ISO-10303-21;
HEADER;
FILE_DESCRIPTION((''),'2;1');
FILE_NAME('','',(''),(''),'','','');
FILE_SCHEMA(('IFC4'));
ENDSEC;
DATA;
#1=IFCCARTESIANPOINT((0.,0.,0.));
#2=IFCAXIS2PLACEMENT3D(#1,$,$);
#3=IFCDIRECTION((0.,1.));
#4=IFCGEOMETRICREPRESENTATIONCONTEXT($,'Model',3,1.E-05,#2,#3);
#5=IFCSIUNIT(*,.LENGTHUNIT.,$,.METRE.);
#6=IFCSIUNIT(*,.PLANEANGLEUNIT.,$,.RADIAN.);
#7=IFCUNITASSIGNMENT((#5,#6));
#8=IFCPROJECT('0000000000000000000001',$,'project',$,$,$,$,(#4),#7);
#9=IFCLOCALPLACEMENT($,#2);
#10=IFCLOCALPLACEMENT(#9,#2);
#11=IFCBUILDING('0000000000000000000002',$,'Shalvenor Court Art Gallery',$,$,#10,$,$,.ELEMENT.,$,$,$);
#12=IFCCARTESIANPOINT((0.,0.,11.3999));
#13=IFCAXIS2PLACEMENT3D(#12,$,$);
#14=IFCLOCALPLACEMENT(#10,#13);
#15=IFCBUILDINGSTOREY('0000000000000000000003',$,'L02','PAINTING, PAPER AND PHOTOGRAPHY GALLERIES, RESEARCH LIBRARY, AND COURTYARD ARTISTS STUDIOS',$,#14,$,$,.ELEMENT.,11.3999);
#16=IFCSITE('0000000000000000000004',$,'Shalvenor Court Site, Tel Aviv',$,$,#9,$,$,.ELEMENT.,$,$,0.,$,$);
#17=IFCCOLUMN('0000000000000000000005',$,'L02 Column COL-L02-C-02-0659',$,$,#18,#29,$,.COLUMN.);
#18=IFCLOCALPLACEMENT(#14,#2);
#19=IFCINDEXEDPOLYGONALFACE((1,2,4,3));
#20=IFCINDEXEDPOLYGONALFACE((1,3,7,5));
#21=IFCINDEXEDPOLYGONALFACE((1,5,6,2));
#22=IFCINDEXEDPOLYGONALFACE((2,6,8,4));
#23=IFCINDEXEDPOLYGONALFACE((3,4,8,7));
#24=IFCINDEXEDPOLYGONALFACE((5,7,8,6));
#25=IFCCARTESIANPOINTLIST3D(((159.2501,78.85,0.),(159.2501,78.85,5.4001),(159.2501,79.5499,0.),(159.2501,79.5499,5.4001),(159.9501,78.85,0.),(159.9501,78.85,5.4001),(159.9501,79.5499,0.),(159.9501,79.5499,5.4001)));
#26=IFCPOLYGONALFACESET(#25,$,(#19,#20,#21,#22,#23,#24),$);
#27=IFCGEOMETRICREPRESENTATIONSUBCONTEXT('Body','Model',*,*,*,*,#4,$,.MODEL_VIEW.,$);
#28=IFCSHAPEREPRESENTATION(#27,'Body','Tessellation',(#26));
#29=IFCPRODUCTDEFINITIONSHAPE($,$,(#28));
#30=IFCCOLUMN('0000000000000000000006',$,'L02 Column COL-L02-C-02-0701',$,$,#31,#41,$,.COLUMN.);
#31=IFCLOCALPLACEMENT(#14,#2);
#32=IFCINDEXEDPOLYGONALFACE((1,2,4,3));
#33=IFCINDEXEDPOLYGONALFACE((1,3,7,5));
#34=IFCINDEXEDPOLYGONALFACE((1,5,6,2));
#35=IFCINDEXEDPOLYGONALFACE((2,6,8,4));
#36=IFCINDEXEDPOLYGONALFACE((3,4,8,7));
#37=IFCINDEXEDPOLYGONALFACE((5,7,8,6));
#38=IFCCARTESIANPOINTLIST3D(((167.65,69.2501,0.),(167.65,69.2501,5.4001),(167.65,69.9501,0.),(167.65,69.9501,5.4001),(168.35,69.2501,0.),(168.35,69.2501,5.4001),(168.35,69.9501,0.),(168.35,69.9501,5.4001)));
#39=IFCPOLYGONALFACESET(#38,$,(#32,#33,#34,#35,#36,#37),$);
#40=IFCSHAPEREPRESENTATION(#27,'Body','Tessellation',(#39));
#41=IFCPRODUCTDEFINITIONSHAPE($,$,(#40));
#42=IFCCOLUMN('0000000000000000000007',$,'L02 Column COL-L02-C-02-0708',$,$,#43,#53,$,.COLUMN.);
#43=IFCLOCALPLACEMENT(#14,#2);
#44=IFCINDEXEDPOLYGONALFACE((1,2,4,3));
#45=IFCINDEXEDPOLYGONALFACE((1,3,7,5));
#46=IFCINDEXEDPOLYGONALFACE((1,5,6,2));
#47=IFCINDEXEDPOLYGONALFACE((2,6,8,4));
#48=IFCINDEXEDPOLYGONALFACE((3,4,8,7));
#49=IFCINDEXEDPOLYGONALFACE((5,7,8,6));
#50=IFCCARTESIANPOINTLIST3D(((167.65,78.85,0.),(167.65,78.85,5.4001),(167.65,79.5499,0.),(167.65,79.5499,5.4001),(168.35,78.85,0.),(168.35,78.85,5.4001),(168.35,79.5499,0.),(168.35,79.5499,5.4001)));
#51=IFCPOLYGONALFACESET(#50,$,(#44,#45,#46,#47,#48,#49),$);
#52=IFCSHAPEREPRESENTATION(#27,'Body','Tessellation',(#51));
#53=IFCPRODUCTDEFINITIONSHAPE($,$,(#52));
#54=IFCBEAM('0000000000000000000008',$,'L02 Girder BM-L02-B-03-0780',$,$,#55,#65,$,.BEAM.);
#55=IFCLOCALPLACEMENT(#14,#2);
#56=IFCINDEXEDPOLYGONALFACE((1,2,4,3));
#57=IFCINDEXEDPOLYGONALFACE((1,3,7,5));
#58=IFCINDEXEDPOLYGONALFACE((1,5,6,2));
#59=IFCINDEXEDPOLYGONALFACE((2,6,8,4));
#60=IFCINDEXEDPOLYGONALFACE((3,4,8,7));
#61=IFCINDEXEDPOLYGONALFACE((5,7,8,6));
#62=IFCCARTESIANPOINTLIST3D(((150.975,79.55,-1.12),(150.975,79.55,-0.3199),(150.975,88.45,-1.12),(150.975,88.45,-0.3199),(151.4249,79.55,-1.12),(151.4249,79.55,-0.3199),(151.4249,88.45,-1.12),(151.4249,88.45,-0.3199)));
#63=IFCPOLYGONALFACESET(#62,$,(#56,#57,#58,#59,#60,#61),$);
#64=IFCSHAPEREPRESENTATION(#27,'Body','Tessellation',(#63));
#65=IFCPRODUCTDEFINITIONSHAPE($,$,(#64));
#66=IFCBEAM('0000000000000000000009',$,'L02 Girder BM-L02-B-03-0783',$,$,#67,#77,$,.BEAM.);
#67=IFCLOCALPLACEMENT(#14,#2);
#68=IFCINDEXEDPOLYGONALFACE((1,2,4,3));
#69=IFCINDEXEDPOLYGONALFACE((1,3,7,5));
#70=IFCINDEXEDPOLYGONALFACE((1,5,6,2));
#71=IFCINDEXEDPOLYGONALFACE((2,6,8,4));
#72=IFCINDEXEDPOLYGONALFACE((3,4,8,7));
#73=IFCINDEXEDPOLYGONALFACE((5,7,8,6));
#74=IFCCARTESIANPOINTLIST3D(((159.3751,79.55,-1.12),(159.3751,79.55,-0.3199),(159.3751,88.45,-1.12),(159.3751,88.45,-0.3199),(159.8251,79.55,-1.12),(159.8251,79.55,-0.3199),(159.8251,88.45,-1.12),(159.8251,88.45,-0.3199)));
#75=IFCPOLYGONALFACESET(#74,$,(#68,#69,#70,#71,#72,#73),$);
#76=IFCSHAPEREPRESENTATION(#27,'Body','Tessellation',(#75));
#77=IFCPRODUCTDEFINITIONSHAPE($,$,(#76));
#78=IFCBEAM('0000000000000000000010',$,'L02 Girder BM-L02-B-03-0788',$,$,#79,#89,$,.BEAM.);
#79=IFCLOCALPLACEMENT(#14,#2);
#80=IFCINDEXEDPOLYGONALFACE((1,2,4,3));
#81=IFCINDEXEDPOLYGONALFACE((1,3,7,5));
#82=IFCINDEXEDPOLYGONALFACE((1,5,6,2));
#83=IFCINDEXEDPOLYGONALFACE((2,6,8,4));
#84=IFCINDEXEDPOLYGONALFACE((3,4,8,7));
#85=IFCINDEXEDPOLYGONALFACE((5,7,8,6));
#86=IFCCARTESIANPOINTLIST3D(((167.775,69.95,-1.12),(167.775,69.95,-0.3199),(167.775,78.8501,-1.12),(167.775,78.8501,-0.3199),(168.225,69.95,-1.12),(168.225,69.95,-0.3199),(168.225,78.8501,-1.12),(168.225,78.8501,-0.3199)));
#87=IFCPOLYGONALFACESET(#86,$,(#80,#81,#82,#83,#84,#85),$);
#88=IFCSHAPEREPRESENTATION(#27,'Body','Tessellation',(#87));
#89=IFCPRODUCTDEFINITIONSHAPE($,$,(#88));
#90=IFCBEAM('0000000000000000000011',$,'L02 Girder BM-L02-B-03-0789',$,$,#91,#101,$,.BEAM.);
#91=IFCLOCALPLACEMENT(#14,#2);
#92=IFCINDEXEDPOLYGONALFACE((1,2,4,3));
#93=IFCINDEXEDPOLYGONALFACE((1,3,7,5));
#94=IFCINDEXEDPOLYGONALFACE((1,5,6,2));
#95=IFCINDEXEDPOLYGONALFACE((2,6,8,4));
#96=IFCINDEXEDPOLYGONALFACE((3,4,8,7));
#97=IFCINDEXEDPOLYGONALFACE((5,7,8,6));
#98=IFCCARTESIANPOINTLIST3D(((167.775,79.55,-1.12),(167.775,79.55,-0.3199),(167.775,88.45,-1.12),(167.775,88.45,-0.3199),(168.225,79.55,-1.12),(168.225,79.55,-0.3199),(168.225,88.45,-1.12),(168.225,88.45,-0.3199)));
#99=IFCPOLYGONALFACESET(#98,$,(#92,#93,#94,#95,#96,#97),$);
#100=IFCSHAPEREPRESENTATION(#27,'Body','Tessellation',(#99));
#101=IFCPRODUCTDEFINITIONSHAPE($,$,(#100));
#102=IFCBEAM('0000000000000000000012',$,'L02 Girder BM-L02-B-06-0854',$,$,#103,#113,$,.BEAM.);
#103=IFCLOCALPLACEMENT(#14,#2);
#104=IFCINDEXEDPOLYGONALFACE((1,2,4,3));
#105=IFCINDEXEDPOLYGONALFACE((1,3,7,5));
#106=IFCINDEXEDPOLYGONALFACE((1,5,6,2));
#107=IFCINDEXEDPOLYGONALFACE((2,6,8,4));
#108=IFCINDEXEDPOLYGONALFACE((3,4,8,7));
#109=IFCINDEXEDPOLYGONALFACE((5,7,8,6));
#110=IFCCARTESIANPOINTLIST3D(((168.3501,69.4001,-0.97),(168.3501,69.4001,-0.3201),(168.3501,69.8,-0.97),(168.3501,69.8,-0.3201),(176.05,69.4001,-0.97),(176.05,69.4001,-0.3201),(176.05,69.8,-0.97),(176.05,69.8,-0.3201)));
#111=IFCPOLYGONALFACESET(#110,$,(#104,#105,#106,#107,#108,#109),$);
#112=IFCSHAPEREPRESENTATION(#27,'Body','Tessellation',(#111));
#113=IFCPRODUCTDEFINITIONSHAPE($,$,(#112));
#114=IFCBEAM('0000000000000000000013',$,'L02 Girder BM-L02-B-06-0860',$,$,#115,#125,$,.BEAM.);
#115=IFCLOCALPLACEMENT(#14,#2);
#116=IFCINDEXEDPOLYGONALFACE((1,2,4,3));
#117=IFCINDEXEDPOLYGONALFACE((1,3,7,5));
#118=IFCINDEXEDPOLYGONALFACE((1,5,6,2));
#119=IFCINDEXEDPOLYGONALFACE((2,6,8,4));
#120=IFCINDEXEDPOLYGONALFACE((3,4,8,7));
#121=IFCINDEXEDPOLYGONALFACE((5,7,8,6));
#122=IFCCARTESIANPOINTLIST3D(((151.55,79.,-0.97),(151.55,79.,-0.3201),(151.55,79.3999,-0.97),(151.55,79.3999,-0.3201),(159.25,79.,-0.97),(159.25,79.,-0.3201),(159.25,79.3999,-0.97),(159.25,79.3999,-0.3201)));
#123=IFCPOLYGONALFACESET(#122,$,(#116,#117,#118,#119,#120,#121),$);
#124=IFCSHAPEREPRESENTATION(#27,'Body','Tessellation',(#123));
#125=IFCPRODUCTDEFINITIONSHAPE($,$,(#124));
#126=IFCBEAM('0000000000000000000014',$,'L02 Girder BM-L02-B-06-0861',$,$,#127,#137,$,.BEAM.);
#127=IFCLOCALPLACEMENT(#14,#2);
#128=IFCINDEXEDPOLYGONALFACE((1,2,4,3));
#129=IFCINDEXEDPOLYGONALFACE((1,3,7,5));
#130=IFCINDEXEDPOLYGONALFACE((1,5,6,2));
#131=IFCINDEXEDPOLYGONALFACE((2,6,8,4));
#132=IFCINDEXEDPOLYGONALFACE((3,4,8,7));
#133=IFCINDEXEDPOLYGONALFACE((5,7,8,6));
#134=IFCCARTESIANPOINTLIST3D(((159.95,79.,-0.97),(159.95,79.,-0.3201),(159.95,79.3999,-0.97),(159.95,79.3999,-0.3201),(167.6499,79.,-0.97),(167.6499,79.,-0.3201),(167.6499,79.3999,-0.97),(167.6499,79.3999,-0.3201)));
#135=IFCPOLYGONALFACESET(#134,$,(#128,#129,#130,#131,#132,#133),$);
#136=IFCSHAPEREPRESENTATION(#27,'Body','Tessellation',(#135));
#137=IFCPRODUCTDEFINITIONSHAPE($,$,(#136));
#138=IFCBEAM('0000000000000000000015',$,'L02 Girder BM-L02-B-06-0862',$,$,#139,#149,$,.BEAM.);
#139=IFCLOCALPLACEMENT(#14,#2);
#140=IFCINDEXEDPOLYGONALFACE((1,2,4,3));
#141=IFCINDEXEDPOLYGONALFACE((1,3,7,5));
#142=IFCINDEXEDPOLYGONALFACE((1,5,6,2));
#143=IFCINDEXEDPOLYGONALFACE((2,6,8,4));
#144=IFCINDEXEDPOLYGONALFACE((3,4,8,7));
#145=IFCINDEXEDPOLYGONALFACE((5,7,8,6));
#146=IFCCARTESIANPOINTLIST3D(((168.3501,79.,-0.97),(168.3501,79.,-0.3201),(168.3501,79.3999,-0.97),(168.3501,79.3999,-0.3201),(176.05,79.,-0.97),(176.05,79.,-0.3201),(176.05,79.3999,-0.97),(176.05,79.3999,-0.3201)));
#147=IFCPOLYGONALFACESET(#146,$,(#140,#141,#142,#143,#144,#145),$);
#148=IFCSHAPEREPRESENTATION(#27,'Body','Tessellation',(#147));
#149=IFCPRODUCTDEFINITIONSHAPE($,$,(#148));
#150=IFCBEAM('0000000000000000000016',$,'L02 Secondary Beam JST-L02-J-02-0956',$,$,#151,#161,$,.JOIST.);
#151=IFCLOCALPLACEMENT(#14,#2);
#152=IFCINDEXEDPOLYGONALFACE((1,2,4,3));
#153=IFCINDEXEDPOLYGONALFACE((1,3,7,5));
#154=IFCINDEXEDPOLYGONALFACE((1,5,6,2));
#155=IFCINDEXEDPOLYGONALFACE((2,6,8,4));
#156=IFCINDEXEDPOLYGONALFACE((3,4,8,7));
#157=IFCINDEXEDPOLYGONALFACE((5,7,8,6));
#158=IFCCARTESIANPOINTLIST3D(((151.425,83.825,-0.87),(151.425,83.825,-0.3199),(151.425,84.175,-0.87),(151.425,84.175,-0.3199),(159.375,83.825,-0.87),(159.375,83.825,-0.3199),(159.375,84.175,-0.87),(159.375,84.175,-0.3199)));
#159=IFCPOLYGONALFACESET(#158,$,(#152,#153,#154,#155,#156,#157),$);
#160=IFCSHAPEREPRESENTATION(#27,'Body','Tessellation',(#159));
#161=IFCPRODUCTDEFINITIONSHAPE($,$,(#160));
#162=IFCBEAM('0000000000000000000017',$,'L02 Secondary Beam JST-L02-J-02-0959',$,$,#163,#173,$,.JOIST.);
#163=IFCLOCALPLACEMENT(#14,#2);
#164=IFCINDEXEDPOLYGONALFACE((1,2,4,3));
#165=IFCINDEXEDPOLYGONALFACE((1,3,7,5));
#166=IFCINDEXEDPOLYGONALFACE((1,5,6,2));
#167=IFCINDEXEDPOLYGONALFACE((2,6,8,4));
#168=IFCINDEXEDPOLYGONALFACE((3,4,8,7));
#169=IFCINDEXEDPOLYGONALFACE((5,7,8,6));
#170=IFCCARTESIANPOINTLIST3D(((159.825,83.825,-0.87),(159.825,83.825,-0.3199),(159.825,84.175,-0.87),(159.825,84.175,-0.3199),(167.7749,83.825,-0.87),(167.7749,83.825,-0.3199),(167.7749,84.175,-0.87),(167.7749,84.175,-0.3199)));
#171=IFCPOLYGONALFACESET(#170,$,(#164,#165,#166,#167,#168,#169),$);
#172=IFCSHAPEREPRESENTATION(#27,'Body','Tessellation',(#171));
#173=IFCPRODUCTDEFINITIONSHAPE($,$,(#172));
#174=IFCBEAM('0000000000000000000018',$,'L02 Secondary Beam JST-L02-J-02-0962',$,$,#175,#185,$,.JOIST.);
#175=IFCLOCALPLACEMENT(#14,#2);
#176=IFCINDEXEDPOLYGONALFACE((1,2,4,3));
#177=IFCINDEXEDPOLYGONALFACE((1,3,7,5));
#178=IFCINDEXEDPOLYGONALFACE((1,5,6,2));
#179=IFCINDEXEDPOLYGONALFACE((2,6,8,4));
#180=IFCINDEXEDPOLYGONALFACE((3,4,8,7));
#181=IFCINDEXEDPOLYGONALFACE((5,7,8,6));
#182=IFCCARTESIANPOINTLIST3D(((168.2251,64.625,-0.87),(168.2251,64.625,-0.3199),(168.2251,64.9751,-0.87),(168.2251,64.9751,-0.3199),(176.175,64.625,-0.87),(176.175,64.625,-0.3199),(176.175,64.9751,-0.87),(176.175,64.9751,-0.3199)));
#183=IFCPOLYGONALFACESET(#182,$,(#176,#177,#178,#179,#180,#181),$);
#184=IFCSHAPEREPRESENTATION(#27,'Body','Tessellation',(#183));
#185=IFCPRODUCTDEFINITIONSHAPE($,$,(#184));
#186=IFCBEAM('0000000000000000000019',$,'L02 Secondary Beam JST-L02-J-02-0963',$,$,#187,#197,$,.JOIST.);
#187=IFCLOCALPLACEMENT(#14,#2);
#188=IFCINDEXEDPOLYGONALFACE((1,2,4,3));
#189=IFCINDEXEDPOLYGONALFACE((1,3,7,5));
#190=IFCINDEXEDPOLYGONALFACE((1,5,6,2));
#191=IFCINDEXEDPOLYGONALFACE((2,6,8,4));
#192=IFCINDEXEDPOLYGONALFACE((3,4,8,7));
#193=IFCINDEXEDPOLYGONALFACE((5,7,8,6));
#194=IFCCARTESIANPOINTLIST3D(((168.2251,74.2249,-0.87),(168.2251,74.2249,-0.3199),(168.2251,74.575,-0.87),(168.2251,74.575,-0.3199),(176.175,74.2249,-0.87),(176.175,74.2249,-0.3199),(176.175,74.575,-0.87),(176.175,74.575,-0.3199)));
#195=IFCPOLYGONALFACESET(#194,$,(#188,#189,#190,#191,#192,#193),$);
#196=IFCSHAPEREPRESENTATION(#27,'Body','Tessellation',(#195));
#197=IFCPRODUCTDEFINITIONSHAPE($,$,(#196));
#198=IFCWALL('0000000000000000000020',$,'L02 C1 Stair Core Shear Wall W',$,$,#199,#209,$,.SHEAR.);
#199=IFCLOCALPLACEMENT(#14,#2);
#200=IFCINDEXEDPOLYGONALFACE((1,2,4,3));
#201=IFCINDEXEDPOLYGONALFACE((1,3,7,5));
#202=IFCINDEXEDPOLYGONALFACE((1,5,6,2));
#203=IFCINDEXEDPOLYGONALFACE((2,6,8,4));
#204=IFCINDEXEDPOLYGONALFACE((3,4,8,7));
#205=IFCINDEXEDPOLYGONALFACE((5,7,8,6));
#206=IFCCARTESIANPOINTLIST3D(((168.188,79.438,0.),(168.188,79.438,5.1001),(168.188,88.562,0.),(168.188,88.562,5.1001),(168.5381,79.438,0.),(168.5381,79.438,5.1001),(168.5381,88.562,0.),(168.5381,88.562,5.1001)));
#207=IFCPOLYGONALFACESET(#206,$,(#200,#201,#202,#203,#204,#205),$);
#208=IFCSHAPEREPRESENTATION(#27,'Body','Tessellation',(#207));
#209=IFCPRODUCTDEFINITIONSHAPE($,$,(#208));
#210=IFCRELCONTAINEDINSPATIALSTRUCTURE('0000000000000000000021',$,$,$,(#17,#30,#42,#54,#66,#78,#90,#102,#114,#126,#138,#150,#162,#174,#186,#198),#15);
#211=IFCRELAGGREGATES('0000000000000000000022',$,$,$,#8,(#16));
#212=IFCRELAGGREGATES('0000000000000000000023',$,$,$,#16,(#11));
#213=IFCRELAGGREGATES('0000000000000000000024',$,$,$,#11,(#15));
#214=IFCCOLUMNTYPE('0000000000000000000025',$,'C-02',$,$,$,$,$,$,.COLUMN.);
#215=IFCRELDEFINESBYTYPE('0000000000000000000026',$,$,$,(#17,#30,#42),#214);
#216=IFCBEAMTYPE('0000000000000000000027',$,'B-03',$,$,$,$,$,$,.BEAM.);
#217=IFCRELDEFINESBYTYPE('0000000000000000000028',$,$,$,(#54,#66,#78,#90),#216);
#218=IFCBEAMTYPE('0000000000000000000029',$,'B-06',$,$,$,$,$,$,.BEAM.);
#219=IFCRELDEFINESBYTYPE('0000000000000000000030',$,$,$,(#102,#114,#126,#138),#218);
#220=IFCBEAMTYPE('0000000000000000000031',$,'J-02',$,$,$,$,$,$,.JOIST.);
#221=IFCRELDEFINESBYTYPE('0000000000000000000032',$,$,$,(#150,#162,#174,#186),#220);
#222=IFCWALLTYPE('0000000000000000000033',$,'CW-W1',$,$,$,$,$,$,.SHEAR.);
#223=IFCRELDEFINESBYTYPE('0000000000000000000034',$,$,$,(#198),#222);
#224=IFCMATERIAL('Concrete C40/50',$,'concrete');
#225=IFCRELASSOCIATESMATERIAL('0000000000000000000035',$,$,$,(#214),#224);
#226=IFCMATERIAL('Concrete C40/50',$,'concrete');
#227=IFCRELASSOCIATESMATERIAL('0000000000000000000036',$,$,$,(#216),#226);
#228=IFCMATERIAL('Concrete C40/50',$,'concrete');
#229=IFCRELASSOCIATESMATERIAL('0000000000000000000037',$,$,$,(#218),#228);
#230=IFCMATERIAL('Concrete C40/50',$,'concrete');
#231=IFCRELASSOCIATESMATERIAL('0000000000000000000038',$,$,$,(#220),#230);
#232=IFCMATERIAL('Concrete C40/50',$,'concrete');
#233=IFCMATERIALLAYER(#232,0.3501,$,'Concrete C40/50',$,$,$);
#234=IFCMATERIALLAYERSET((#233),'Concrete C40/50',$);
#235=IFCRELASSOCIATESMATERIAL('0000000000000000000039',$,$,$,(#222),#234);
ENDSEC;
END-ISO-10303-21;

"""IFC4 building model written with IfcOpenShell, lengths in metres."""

from ifc_helpers import new_model, si_unit, direction, frame, frame_2d, origin, origin_2d, place, context, subcontext, project, spatial, rectangle, extrude, material, layer, layer_set, material_profile, profile_set, type_object, element, save


model = new_model("IFC4")

# Units and contexts
model_context = context("Model", 3, precision=1e-05, world=origin(), true_north=direction((0.0, 1.0)))
body_context = subcontext(model_context, "Body", "Model", "MODEL_VIEW")
ifc_project = project(units=[si_unit("LENGTHUNIT", "METRE"), si_unit("PLANEANGLEUNIT", "RADIAN")], contexts=[model_context])

# Site, building, storey
site_placement = place(None, origin())
site = spatial("IfcSite", under=ifc_project, at=site_placement, Name="Shalvenor Court Site, Tel Aviv", CompositionType="ELEMENT", RefElevation=0.0)
building_placement = place(site_placement, origin())
building = spatial("IfcBuilding", under=site, at=building_placement, Name="Shalvenor Court Art Gallery", CompositionType="ELEMENT")
storey_placement = place(building_placement, frame((0.0, 0.0, 11.3999)))
storey = spatial("IfcBuildingStorey", under=building, at=storey_placement, Name="L02", Description="PAINTING, PAPER AND PHOTOGRAPHY GALLERIES, RESEARCH LIBRARY, AND COURTYARD ARTISTS STUDIOS", CompositionType="ELEMENT", Elevation=11.3999)

# Columns
ifc_material_1 = material(Name="Concrete C40/50", Category="concrete")
ifc_material_profile_1 = material_profile(ifc_material_1, rectangle(XDim=0.7, YDim=0.7, at=origin_2d()), Name="RC 700x700")
ifc_profile_set_1 = profile_set([ifc_material_profile_1], Name="Concrete C40/50")
column_type = type_object("IfcColumnType", Name="C-02", PredefinedType="COLUMN", material=ifc_profile_set_1)
for number, where, z_axis, x_axis, name in (
    (1, (159.6001, 79.2, 0.0), (0.0, 0.0, 1.0), (1.0, 0.0, 0.0), "L02 Column COL-L02-C-02-0659"),
    (2, (168.0, 69.6001, 0.0), (0.0, 0.0, 1.0), (1.0, 0.0, 0.0), "L02 Column COL-L02-C-02-0701"),
    (3, (168.0, 79.2, 0.0), (0.0, 0.0, 1.0), (1.0, 0.0, 0.0), "L02 Column COL-L02-C-02-0708"),
):
    element("IfcColumn", number, at=place(storey_placement, frame(where, z_axis=z_axis, x_axis=x_axis)), inside=storey, type_object=column_type, Name=name, PredefinedType="COLUMN", context=body_context, shape_type="SweptSolid", body=[
        extrude(rectangle(XDim=0.7, YDim=0.7, at=origin_2d()), origin(), (0.0, 0.0, 1.0), 5.4001),
    ])

# Beams
ifc_material_2 = material(Name="Concrete C40/50", Category="concrete")
ifc_material_profile_2 = material_profile(ifc_material_2, rectangle(XDim=0.45, YDim=0.8, at=origin_2d()), Name="RC 450x800")
ifc_profile_set_2 = profile_set([ifc_material_profile_2], Name="Concrete C40/50")
beam_type_1 = type_object("IfcBeamType", Name="B-03", PredefinedType="BEAM", material=ifc_profile_set_2)
for number, where, z_axis, x_axis, name in (
    (4, (151.2, 79.55, -0.72), (0.0, 1.0, 0.0), (-1.0, 0.0, 0.0), "L02 Girder BM-L02-B-03-0780"),
    (5, (159.6001, 79.55, -0.72), (0.0, 1.0, 0.0), (-1.0, 0.0, 0.0), "L02 Girder BM-L02-B-03-0783"),
):
    element("IfcBeam", number, at=place(storey_placement, frame(where, z_axis=z_axis, x_axis=x_axis)), inside=storey, type_object=beam_type_1, Name=name, PredefinedType="BEAM", context=body_context, shape_type="SweptSolid", body=[
        extrude(rectangle(XDim=0.45, YDim=0.8, at=origin_2d()), origin(), (0.0, 0.0, 1.0), 8.8999),
    ])
beam_1_placement = place(storey_placement, frame((168.0, 69.95, -0.72), z_axis=(0.0, 1.0, 0.0), x_axis=(-1.0, 0.0, 0.0)))
element("IfcBeam", 6, at=beam_1_placement, inside=storey, type_object=beam_type_1, Name="L02 Girder BM-L02-B-03-0788", PredefinedType="BEAM", context=body_context, shape_type="SweptSolid", body=[
    extrude(rectangle(XDim=0.45, YDim=0.8, at=origin_2d()), origin(), (0.0, 0.0, 1.0), 8.9001),
])
beam_2_placement = place(storey_placement, frame((168.0, 79.55, -0.72), z_axis=(0.0, 1.0, 0.0), x_axis=(-1.0, 0.0, 0.0)))
element("IfcBeam", 7, at=beam_2_placement, inside=storey, type_object=beam_type_1, Name="L02 Girder BM-L02-B-03-0789", PredefinedType="BEAM", context=body_context, shape_type="SweptSolid", body=[
    extrude(rectangle(XDim=0.45, YDim=0.8, at=origin_2d()), origin(), (0.0, 0.0, 1.0), 8.8999),
])
ifc_material_3 = material(Name="Concrete C40/50", Category="concrete")
ifc_material_profile_3 = material_profile(ifc_material_3, rectangle(XDim=0.3999, YDim=0.6499, at=origin_2d()), Name="RC 400x650")
ifc_profile_set_3 = profile_set([ifc_material_profile_3], Name="Concrete C40/50")
beam_type_2 = type_object("IfcBeamType", Name="B-06", PredefinedType="BEAM", material=ifc_profile_set_3)
for number, where, z_axis, x_axis, name in (
    (8, (168.3501, 69.6001, -0.645), (1.0, 0.0, 0.0), (0.0, 1.0, 0.0), "L02 Girder BM-L02-B-06-0854"),
    (9, (151.55, 79.2, -0.645), (1.0, 0.0, 0.0), (0.0, 1.0, 0.0), "L02 Girder BM-L02-B-06-0860"),
    (10, (159.95, 79.2, -0.645), (1.0, 0.0, 0.0), (0.0, 1.0, 0.0), "L02 Girder BM-L02-B-06-0861"),
    (11, (168.3501, 79.2, -0.645), (1.0, 0.0, 0.0), (0.0, 1.0, 0.0), "L02 Girder BM-L02-B-06-0862"),
):
    element("IfcBeam", number, at=place(storey_placement, frame(where, z_axis=z_axis, x_axis=x_axis)), inside=storey, type_object=beam_type_2, Name=name, PredefinedType="BEAM", context=body_context, shape_type="SweptSolid", body=[
        extrude(rectangle(XDim=0.3999, YDim=0.6499, at=origin_2d()), origin(), (0.0, 0.0, 1.0), 7.7),
    ])
ifc_material_4 = material(Name="Concrete C40/50", Category="concrete")
ifc_material_profile_4 = material_profile(ifc_material_4, rectangle(XDim=0.3501, YDim=0.55, at=origin_2d()), Name="RC 350x550")
ifc_profile_set_4 = profile_set([ifc_material_profile_4], Name="Concrete C40/50")
beam_type_3 = type_object("IfcBeamType", Name="J-02", PredefinedType="JOIST", material=ifc_profile_set_4)
for number, where, z_axis, x_axis, name in (
    (12, (151.425, 84.0, -0.595), (1.0, 0.0, 0.0), (0.0, 1.0, 0.0), "L02 Secondary Beam JST-L02-J-02-0956"),
    (13, (159.825, 84.0, -0.595), (1.0, 0.0, 0.0), (0.0, 1.0, 0.0), "L02 Secondary Beam JST-L02-J-02-0959"),
    (14, (168.2251, 64.8, -0.595), (1.0, 0.0, 0.0), (0.0, 1.0, 0.0), "L02 Secondary Beam JST-L02-J-02-0962"),
    (15, (168.2251, 74.3999, -0.595), (1.0, 0.0, 0.0), (0.0, 1.0, 0.0), "L02 Secondary Beam JST-L02-J-02-0963"),
):
    element("IfcBeam", number, at=place(storey_placement, frame(where, z_axis=z_axis, x_axis=x_axis)), inside=storey, type_object=beam_type_3, Name=name, PredefinedType="JOIST", context=body_context, shape_type="SweptSolid", body=[
        extrude(rectangle(XDim=0.3501, YDim=0.55, at=origin_2d()), origin(), (0.0, 0.0, 1.0), 7.95),
    ])

# Wall
ifc_material_5 = material(Name="Concrete C40/50", Category="concrete")
ifc_layer_1 = layer(ifc_material_5, 0.3501, Name="Concrete C40/50")
ifc_layer_set_1 = layer_set([ifc_layer_1], Name="Concrete C40/50")
wall_type_1 = type_object("IfcWallType", Name="CW-W1", PredefinedType="SHEAR", material=ifc_layer_set_1)
wall_1_placement = place(storey_placement, frame((168.363, 79.438, 0.0), z_axis=(0.0, 0.0, 1.0), x_axis=(0.0, 1.0, 0.0)))
element("IfcWall", 16, at=wall_1_placement, inside=storey, type_object=wall_type_1, Name="L02 C1 Stair Core Shear Wall W", PredefinedType="SHEAR", context=body_context, shape_type="SweptSolid", body=[
    extrude(rectangle(XDim=9.124, YDim=0.3501, at=frame_2d((4.562, 0.0))), origin(), (0.0, 0.0, 1.0), 5.1001),
])

save(model, "model.ifc")
